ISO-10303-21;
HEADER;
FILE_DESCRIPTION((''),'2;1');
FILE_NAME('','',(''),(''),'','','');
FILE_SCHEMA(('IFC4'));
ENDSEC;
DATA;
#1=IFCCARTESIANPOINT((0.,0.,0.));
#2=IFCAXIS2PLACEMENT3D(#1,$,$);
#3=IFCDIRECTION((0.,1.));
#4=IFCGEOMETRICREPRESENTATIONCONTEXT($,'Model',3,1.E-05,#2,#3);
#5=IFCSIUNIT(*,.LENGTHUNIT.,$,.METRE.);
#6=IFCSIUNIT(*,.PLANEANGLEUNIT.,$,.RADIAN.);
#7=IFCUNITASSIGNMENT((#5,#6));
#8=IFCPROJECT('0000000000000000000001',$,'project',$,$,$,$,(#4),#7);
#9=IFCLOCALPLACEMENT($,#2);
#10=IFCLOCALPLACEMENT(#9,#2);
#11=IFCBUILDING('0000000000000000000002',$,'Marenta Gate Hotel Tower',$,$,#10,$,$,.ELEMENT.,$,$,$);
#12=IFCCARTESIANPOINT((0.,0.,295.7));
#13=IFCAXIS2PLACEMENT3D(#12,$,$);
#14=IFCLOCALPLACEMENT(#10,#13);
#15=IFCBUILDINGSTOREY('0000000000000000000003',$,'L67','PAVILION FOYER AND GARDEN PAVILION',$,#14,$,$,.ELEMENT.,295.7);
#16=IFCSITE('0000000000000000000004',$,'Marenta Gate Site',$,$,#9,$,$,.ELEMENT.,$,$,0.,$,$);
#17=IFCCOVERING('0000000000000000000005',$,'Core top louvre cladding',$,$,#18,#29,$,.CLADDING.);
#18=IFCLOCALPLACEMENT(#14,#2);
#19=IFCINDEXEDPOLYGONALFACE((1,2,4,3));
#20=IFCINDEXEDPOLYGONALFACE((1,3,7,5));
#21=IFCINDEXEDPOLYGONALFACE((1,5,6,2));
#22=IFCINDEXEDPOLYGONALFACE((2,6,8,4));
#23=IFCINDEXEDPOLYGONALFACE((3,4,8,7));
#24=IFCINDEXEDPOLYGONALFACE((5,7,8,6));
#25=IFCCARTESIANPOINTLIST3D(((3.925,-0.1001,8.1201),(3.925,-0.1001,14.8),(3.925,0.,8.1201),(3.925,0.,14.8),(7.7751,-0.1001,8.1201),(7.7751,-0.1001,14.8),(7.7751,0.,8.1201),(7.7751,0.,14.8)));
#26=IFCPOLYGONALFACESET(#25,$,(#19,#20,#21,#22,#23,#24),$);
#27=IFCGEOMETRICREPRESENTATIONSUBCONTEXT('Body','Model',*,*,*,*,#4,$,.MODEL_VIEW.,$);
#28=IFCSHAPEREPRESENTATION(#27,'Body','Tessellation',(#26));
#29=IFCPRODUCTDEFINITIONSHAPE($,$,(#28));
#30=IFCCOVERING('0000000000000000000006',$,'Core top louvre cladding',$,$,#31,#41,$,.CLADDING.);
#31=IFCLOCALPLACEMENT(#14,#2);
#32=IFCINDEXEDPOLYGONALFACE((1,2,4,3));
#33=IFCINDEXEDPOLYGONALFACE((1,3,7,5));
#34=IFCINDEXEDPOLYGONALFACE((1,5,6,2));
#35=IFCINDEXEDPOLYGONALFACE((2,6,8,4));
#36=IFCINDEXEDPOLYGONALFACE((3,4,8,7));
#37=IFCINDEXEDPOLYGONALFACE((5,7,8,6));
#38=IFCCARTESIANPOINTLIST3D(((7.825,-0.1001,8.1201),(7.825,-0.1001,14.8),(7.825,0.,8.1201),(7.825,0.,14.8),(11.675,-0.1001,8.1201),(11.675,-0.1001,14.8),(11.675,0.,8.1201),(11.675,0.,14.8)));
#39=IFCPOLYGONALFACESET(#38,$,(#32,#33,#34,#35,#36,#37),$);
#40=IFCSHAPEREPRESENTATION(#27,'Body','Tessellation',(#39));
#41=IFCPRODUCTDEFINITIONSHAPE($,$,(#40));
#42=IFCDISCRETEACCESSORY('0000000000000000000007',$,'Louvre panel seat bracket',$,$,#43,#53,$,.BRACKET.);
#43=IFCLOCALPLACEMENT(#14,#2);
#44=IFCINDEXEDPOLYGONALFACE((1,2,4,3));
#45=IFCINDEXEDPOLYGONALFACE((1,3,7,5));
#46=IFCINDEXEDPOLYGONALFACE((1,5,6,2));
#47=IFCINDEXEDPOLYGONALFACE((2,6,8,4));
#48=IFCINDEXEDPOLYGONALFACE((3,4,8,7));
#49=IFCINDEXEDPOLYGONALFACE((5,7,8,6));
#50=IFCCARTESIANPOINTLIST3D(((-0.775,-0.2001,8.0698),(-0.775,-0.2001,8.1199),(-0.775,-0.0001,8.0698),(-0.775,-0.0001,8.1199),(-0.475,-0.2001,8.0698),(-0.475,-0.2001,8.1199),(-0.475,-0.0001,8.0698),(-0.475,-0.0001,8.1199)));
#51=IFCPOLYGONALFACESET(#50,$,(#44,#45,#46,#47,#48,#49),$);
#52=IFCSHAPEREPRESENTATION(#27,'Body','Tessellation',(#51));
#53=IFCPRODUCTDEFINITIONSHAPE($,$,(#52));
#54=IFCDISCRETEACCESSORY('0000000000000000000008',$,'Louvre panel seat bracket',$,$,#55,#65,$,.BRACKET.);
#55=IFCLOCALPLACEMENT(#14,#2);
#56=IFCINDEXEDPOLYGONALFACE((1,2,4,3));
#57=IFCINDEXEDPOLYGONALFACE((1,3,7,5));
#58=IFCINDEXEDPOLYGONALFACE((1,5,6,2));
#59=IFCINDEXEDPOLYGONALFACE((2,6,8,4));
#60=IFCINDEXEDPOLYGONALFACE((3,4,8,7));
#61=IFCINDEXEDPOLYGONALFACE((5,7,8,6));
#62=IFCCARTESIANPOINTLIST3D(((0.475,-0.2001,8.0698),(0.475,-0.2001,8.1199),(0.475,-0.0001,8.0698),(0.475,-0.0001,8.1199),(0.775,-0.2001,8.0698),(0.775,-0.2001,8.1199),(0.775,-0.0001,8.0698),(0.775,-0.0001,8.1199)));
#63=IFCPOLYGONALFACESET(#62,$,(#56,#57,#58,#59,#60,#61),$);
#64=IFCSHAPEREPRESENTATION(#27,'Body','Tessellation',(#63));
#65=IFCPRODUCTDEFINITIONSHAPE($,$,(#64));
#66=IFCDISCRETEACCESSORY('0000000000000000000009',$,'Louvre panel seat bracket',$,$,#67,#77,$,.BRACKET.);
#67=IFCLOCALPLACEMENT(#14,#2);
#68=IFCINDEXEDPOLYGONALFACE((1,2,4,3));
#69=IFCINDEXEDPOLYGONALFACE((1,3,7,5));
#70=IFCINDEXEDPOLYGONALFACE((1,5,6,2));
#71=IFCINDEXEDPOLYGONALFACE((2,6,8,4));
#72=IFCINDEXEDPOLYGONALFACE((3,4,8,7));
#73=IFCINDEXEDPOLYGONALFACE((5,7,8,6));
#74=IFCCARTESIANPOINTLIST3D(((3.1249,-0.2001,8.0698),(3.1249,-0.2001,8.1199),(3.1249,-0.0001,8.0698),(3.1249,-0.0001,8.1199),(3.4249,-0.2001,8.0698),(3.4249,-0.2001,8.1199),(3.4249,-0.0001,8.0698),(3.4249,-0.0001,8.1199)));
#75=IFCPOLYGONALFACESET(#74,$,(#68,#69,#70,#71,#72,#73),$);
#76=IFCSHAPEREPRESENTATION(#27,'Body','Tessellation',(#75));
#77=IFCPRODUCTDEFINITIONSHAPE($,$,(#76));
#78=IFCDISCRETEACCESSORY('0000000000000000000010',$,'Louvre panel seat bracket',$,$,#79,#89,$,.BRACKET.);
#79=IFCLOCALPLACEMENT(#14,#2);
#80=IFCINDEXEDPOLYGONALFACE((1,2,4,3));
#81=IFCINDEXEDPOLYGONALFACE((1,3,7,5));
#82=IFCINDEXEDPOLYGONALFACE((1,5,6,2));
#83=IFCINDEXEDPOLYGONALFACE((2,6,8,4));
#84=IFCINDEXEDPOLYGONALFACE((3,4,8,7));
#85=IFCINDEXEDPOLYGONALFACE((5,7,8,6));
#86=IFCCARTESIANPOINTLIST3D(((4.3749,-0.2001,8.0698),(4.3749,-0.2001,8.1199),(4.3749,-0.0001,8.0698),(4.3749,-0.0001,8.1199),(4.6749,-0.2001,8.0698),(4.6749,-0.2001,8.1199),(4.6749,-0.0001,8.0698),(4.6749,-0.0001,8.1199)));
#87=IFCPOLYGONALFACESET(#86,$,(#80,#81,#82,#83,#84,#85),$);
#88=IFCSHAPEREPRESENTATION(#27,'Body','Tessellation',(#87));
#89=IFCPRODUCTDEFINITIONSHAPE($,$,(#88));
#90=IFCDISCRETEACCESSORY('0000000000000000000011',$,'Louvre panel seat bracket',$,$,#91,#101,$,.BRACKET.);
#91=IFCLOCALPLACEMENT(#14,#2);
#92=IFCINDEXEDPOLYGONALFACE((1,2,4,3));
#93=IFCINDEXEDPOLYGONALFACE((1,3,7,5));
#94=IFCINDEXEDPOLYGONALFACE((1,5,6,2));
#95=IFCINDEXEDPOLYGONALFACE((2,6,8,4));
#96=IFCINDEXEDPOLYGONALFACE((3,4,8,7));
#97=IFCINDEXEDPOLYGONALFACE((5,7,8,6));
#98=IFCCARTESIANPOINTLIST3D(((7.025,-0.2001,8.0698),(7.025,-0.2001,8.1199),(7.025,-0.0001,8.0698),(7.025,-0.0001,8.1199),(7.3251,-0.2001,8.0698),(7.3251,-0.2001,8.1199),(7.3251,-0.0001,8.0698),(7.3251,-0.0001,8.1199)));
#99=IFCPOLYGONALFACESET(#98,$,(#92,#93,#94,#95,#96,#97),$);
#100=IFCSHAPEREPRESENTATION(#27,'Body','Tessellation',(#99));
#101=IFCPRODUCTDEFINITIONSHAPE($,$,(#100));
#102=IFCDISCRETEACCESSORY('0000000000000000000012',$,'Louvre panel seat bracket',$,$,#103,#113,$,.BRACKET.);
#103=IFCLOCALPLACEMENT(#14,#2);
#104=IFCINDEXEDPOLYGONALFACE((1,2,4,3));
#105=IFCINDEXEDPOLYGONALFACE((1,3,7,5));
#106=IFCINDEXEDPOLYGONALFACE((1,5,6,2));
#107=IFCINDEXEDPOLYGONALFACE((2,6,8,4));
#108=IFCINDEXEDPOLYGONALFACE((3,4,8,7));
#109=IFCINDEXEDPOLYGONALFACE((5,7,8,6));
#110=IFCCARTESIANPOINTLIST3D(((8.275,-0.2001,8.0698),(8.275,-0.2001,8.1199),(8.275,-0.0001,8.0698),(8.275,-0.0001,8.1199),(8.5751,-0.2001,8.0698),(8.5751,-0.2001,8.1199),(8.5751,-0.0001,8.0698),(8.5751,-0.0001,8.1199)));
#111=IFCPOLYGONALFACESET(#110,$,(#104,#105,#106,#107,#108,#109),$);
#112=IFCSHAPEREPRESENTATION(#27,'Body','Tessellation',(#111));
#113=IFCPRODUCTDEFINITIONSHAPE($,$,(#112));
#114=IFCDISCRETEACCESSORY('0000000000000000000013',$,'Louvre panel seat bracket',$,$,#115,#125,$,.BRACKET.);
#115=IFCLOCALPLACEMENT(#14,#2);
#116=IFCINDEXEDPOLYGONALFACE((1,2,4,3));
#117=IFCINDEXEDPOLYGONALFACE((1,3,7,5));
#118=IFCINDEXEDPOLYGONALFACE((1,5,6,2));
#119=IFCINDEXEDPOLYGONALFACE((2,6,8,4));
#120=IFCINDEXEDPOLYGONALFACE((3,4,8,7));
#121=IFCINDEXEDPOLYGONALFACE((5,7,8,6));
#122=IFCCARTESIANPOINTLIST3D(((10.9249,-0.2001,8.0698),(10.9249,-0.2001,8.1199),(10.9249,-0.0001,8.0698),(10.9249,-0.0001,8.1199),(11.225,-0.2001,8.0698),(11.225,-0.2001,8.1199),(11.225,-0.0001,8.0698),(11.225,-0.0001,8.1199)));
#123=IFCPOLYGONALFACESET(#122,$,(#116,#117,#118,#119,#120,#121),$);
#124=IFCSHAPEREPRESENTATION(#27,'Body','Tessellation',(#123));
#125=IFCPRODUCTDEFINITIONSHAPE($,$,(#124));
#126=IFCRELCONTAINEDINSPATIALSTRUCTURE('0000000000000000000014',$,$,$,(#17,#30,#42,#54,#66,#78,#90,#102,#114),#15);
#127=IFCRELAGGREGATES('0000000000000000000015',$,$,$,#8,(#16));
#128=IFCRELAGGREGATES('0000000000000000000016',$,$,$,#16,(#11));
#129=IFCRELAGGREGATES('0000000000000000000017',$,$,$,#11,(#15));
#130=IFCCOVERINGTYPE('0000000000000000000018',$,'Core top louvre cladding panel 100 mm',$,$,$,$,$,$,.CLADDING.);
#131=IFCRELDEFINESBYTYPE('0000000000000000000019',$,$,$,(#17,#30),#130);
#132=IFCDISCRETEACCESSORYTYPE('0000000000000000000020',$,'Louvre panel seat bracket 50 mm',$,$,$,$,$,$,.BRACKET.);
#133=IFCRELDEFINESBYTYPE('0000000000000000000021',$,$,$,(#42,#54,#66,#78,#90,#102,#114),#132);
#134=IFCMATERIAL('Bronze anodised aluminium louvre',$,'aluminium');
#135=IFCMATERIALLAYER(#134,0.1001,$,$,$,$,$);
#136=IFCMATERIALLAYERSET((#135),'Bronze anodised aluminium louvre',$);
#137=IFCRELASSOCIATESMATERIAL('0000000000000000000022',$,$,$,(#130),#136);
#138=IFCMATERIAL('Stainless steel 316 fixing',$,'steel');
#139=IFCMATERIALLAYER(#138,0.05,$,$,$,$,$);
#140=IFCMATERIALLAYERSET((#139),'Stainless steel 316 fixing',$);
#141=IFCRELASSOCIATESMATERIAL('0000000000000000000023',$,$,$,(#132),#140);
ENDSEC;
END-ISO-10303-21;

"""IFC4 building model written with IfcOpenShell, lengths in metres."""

from ifc_helpers import new_model, si_unit, direction, frame, origin, origin_2d, place, context, subcontext, project, spatial, rectangle, extrude, material, layer, layer_set, type_object, element, save


model = new_model("IFC4")

# Units and contexts
model_context = context("Model", 3, precision=1e-05, world=origin(), true_north=direction((0.0, 1.0)))
body_context = subcontext(model_context, "Body", "Model", "MODEL_VIEW")
ifc_project = project(units=[si_unit("LENGTHUNIT", "METRE"), si_unit("PLANEANGLEUNIT", "RADIAN")], contexts=[model_context])

# Site, building, storey
site_placement = place(None, origin())
site = spatial("IfcSite", under=ifc_project, at=site_placement, Name="Marenta Gate Site", CompositionType="ELEMENT", RefElevation=0.0)
building_placement = place(site_placement, origin())
building = spatial("IfcBuilding", under=site, at=building_placement, Name="Marenta Gate Hotel Tower", CompositionType="ELEMENT")
storey_placement = place(building_placement, frame((0.0, 0.0, 295.7)))
storey = spatial("IfcBuildingStorey", under=building, at=storey_placement, Name="L67", Description="PAVILION FOYER AND GARDEN PAVILION", CompositionType="ELEMENT", Elevation=295.7)

# Coverings
ifc_material_1 = material(Name="Bronze anodised aluminium louvre", Category="aluminium")
ifc_layer_1 = layer(ifc_material_1, 0.1001)
ifc_layer_set_1 = layer_set([ifc_layer_1], Name="Bronze anodised aluminium louvre")
covering_type = type_object("IfcCoveringType", Name="Core top louvre cladding panel 100 mm", PredefinedType="CLADDING", material=ifc_layer_set_1)
for number, where, z_axis, x_axis, name in (
    (1, (5.8501, -0.05, 8.1201), (0.0, 0.0, 1.0), (1.0, 0.0, 0.0), "Core top louvre cladding"),
    (2, (9.75, -0.05, 8.1201), (0.0, 0.0, 1.0), (1.0, 0.0, 0.0), "Core top louvre cladding"),
):
    element("IfcCovering", number, at=place(storey_placement, frame(where, z_axis=z_axis, x_axis=x_axis)), inside=storey, type_object=covering_type, Name=name, PredefinedType="CLADDING", context=body_context, shape_type="SweptSolid", body=[
        extrude(rectangle(XDim=3.8501, YDim=0.1001, at=origin_2d()), origin(), (0.0, 0.0, 1.0), 6.6799),
    ])

# Discrete accessories
ifc_material_2 = material(Name="Stainless steel 316 fixing", Category="steel")
ifc_layer_2 = layer(ifc_material_2, 0.05)
ifc_layer_set_2 = layer_set([ifc_layer_2], Name="Stainless steel 316 fixing")
discrete_accessory_type = type_object("IfcDiscreteAccessoryType", Name="Louvre panel seat bracket 50 mm", PredefinedType="BRACKET", material=ifc_layer_set_2)
for number, where, z_axis, x_axis, name in (
    (3, (-0.625, -0.1001, 8.0698), (0.0, 0.0, 1.0), (1.0, 0.0, 0.0), "Louvre panel seat bracket"),
    (4, (0.625, -0.1001, 8.0698), (0.0, 0.0, 1.0), (1.0, 0.0, 0.0), "Louvre panel seat bracket"),
    (5, (3.2749, -0.1001, 8.0698), (0.0, 0.0, 1.0), (1.0, 0.0, 0.0), "Louvre panel seat bracket"),
    (6, (4.5249, -0.1001, 8.0698), (0.0, 0.0, 1.0), (1.0, 0.0, 0.0), "Louvre panel seat bracket"),
    (7, (7.175, -0.1001, 8.0698), (0.0, 0.0, 1.0), (1.0, 0.0, 0.0), "Louvre panel seat bracket"),
    (8, (8.425, -0.1001, 8.0698), (0.0, 0.0, 1.0), (1.0, 0.0, 0.0), "Louvre panel seat bracket"),
    (9, (11.075, -0.1001, 8.0698), (0.0, 0.0, 1.0), (1.0, 0.0, 0.0), "Louvre panel seat bracket"),
):
    element("IfcDiscreteAccessory", number, at=place(storey_placement, frame(where, z_axis=z_axis, x_axis=x_axis)), inside=storey, type_object=discrete_accessory_type, Name=name, PredefinedType="BRACKET", context=body_context, shape_type="SweptSolid", body=[
        extrude(rectangle(XDim=0.3, YDim=0.2, at=origin_2d()), origin(), (0.0, 0.0, 1.0), 0.05),
    ])

save(model, "model.ifc")
